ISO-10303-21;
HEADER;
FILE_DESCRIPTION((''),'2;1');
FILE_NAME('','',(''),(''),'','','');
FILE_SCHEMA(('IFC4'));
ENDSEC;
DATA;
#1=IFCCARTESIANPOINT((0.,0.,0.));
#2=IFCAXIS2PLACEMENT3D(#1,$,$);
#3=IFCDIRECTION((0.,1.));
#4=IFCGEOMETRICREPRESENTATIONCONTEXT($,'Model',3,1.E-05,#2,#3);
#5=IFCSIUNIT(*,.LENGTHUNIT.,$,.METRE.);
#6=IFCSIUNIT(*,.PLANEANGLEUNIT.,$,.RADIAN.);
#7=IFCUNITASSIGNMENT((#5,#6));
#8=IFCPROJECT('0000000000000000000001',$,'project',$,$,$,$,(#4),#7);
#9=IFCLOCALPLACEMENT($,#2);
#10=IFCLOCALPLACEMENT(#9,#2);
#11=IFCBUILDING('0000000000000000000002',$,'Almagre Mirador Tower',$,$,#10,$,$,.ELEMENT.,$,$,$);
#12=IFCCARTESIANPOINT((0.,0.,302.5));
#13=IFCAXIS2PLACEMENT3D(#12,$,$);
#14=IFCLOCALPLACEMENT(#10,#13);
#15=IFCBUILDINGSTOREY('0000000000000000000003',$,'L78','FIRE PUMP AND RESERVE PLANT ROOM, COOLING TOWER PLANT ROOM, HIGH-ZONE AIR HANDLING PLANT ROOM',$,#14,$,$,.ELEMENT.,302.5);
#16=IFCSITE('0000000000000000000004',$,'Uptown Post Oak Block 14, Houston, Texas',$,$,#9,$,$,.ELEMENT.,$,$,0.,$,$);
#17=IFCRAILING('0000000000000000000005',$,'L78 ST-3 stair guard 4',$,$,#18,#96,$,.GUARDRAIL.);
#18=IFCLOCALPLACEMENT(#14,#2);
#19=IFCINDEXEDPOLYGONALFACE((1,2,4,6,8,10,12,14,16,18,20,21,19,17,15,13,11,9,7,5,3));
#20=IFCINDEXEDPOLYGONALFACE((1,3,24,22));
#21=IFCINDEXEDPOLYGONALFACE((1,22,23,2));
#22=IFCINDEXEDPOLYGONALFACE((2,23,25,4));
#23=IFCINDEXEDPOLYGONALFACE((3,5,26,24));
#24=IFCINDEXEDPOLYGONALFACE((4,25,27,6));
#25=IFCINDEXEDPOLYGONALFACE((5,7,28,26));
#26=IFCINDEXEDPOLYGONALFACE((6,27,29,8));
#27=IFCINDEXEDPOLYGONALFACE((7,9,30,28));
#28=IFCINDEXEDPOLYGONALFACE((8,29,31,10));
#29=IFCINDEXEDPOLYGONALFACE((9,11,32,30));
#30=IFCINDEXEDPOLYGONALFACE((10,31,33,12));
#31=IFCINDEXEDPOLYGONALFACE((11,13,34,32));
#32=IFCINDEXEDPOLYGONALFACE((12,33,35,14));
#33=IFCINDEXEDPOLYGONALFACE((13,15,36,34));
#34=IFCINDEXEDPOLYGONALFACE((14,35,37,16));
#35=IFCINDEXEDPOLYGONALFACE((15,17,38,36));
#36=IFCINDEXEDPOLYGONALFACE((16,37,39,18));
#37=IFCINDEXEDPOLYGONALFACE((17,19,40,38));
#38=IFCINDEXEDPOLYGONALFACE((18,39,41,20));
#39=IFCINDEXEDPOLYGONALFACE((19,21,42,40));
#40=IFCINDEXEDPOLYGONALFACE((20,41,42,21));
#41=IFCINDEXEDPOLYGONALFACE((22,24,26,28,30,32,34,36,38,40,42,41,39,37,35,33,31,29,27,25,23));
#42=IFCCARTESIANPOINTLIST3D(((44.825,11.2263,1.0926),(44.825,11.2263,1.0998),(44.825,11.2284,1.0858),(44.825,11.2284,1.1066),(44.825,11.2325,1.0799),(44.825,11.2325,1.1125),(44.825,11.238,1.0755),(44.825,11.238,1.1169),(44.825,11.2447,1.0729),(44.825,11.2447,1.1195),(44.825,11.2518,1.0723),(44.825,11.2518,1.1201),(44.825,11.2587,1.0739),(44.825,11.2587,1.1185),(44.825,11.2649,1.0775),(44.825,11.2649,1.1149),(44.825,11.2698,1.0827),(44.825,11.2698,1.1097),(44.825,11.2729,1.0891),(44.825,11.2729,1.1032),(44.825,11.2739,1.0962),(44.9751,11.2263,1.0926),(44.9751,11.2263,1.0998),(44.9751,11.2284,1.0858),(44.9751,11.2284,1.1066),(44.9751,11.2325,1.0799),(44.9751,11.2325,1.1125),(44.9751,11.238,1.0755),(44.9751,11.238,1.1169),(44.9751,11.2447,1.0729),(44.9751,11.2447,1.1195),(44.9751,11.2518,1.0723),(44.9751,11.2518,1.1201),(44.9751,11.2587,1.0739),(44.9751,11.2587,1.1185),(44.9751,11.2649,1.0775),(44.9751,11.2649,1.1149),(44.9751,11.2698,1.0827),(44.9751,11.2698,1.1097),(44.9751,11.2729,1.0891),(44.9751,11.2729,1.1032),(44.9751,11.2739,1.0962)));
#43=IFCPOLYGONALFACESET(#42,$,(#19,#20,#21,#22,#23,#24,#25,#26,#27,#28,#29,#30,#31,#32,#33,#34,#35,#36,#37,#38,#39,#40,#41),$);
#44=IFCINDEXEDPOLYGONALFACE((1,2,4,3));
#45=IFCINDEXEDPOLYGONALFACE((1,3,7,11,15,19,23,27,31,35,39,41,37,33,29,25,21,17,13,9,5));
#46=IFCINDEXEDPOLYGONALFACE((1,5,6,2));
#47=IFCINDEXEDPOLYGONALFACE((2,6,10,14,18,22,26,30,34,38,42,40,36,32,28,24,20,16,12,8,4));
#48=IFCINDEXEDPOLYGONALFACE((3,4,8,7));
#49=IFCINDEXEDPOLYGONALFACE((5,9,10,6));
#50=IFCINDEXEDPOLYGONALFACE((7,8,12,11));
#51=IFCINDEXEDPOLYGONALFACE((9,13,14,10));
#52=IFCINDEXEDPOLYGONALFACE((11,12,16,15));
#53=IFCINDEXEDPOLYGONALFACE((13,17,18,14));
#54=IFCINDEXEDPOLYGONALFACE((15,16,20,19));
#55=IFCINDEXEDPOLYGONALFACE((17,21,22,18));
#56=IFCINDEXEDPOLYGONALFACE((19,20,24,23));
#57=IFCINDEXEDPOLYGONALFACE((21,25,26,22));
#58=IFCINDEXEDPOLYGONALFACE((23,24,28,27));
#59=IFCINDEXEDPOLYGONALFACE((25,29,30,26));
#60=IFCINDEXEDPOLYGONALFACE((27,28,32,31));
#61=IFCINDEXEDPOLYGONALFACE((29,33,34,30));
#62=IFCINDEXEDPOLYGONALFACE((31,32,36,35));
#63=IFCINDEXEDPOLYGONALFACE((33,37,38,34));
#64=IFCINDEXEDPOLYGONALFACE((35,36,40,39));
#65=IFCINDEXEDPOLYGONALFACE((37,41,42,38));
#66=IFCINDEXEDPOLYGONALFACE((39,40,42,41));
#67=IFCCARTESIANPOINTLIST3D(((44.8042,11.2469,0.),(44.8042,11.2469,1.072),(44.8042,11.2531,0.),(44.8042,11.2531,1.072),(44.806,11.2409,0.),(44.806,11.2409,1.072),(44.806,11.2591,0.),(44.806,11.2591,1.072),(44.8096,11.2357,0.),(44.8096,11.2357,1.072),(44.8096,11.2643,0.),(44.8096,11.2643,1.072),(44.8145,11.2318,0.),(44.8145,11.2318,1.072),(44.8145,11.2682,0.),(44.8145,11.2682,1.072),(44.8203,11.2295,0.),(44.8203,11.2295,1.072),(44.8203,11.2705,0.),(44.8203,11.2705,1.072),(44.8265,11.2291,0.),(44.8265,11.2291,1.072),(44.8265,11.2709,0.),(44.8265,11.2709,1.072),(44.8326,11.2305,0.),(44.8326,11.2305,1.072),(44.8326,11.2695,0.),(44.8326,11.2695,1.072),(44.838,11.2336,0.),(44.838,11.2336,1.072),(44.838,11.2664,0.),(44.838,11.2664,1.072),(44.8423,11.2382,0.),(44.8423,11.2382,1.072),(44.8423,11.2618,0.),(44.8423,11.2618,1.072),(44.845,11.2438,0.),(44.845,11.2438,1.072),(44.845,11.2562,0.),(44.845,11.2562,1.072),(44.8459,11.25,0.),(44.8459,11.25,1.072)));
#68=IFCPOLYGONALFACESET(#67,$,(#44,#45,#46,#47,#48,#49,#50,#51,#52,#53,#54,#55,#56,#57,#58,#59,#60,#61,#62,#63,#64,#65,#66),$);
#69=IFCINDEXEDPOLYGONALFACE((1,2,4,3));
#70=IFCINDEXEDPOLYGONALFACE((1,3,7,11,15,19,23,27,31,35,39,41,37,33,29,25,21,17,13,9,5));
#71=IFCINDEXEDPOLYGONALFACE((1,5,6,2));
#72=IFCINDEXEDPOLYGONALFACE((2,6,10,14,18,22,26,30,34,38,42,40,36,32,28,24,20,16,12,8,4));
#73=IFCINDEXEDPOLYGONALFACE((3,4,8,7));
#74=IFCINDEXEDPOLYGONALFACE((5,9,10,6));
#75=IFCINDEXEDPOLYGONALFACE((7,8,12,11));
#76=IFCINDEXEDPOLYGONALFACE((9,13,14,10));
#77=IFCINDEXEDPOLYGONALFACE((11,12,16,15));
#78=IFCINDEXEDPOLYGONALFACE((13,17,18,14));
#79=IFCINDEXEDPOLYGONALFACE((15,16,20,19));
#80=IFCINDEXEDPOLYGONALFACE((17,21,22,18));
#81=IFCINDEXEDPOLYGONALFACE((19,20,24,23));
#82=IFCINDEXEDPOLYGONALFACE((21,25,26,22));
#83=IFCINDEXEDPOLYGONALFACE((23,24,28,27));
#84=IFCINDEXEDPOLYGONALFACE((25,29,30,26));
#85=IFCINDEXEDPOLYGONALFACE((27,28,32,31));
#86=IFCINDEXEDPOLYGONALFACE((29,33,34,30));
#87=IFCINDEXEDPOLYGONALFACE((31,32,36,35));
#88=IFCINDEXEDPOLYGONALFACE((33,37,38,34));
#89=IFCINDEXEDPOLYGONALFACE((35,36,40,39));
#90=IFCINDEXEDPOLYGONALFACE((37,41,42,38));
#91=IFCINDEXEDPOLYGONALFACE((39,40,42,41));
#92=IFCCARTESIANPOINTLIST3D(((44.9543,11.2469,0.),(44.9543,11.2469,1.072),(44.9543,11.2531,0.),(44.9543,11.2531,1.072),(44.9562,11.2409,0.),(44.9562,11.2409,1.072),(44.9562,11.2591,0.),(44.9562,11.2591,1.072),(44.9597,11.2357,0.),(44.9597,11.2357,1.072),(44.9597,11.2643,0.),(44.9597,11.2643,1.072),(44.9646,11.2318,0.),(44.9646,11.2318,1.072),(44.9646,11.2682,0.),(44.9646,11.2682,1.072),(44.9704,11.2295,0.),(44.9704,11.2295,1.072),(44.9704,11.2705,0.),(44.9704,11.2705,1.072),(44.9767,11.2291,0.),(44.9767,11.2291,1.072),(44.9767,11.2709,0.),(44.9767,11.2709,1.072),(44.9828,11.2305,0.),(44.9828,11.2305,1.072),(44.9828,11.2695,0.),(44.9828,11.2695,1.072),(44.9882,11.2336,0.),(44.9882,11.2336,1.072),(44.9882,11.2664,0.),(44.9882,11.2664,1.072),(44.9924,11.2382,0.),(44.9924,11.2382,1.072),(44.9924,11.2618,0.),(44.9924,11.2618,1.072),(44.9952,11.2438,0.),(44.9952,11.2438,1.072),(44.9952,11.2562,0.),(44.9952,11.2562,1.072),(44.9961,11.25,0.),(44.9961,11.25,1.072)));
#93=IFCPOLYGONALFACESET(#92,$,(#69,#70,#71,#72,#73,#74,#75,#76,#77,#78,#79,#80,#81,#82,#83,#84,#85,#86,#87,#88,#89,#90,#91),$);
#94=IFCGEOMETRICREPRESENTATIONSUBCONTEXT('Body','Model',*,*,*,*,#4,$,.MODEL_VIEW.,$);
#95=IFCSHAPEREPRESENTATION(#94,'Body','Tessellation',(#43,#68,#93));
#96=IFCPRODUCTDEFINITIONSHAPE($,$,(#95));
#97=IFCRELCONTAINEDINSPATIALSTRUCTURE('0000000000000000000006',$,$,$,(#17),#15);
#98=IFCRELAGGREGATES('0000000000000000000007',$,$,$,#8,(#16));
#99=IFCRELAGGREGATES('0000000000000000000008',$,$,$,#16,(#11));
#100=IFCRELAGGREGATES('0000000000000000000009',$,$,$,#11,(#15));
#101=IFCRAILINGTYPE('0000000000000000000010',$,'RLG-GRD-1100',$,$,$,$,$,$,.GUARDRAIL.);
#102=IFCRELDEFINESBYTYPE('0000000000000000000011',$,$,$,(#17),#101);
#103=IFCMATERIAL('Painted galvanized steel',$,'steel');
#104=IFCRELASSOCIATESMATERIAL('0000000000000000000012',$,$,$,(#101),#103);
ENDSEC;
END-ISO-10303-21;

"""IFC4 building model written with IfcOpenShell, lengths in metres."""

from ifc_helpers import new_model, si_unit, direction, frame, origin, origin_2d, place, context, subcontext, project, spatial, circle, extrude, material, type_object, element, save


model = new_model("IFC4")

# Units and contexts
model_context = context("Model", 3, precision=1e-05, world=origin(), true_north=direction((0.0, 1.0)))
body_context = subcontext(model_context, "Body", "Model", "MODEL_VIEW")
ifc_project = project(units=[si_unit("LENGTHUNIT", "METRE"), si_unit("PLANEANGLEUNIT", "RADIAN")], contexts=[model_context])

# Site, building, storey
site_placement = place(None, origin())
site = spatial("IfcSite", under=ifc_project, at=site_placement, Name="Uptown Post Oak Block 14, Houston, Texas", CompositionType="ELEMENT", RefElevation=0.0)
building_placement = place(site_placement, origin())
building = spatial("IfcBuilding", under=site, at=building_placement, Name="Almagre Mirador Tower", CompositionType="ELEMENT")
storey_placement = place(building_placement, frame((0.0, 0.0, 302.5)))
storey = spatial("IfcBuildingStorey", under=building, at=storey_placement, Name="L78", Description="FIRE PUMP AND RESERVE PLANT ROOM, COOLING TOWER PLANT ROOM, HIGH-ZONE AIR HANDLING PLANT ROOM", CompositionType="ELEMENT", Elevation=302.5)

# Railing
ifc_material_1 = material(Name="Painted galvanized steel", Category="steel")
railing_type = type_object("IfcRailingType", Name="RLG-GRD-1100", PredefinedType="GUARDRAIL", material=ifc_material_1)
railing_1_placement = place(storey_placement, frame((44.825, 11.25, 0.0)))
element("IfcRailing", 1, at=railing_1_placement, inside=storey, type_object=railing_type, Name="L78 ST-3 stair guard 4", PredefinedType="GUARDRAIL", context=body_context, shape_type="SweptSolid", body=[
    extrude(circle(Radius=0.0239, at=origin_2d()), frame((0.0, 0.0, 1.0962), z_axis=(1.0, 0.0, 0.0), x_axis=(0.0, 1.0, 0.0)), (0.0, 0.0, 1.0), 0.1501),
    extrude(circle(Radius=0.021, at=origin_2d()), origin(), (0.0, 0.0, 1.0), 1.072),
    extrude(circle(Radius=0.021, at=origin_2d()), frame((0.1501, 0.0, 0.0)), (0.0, 0.0, 1.0), 1.072),
])

save(model, "model.ifc")
